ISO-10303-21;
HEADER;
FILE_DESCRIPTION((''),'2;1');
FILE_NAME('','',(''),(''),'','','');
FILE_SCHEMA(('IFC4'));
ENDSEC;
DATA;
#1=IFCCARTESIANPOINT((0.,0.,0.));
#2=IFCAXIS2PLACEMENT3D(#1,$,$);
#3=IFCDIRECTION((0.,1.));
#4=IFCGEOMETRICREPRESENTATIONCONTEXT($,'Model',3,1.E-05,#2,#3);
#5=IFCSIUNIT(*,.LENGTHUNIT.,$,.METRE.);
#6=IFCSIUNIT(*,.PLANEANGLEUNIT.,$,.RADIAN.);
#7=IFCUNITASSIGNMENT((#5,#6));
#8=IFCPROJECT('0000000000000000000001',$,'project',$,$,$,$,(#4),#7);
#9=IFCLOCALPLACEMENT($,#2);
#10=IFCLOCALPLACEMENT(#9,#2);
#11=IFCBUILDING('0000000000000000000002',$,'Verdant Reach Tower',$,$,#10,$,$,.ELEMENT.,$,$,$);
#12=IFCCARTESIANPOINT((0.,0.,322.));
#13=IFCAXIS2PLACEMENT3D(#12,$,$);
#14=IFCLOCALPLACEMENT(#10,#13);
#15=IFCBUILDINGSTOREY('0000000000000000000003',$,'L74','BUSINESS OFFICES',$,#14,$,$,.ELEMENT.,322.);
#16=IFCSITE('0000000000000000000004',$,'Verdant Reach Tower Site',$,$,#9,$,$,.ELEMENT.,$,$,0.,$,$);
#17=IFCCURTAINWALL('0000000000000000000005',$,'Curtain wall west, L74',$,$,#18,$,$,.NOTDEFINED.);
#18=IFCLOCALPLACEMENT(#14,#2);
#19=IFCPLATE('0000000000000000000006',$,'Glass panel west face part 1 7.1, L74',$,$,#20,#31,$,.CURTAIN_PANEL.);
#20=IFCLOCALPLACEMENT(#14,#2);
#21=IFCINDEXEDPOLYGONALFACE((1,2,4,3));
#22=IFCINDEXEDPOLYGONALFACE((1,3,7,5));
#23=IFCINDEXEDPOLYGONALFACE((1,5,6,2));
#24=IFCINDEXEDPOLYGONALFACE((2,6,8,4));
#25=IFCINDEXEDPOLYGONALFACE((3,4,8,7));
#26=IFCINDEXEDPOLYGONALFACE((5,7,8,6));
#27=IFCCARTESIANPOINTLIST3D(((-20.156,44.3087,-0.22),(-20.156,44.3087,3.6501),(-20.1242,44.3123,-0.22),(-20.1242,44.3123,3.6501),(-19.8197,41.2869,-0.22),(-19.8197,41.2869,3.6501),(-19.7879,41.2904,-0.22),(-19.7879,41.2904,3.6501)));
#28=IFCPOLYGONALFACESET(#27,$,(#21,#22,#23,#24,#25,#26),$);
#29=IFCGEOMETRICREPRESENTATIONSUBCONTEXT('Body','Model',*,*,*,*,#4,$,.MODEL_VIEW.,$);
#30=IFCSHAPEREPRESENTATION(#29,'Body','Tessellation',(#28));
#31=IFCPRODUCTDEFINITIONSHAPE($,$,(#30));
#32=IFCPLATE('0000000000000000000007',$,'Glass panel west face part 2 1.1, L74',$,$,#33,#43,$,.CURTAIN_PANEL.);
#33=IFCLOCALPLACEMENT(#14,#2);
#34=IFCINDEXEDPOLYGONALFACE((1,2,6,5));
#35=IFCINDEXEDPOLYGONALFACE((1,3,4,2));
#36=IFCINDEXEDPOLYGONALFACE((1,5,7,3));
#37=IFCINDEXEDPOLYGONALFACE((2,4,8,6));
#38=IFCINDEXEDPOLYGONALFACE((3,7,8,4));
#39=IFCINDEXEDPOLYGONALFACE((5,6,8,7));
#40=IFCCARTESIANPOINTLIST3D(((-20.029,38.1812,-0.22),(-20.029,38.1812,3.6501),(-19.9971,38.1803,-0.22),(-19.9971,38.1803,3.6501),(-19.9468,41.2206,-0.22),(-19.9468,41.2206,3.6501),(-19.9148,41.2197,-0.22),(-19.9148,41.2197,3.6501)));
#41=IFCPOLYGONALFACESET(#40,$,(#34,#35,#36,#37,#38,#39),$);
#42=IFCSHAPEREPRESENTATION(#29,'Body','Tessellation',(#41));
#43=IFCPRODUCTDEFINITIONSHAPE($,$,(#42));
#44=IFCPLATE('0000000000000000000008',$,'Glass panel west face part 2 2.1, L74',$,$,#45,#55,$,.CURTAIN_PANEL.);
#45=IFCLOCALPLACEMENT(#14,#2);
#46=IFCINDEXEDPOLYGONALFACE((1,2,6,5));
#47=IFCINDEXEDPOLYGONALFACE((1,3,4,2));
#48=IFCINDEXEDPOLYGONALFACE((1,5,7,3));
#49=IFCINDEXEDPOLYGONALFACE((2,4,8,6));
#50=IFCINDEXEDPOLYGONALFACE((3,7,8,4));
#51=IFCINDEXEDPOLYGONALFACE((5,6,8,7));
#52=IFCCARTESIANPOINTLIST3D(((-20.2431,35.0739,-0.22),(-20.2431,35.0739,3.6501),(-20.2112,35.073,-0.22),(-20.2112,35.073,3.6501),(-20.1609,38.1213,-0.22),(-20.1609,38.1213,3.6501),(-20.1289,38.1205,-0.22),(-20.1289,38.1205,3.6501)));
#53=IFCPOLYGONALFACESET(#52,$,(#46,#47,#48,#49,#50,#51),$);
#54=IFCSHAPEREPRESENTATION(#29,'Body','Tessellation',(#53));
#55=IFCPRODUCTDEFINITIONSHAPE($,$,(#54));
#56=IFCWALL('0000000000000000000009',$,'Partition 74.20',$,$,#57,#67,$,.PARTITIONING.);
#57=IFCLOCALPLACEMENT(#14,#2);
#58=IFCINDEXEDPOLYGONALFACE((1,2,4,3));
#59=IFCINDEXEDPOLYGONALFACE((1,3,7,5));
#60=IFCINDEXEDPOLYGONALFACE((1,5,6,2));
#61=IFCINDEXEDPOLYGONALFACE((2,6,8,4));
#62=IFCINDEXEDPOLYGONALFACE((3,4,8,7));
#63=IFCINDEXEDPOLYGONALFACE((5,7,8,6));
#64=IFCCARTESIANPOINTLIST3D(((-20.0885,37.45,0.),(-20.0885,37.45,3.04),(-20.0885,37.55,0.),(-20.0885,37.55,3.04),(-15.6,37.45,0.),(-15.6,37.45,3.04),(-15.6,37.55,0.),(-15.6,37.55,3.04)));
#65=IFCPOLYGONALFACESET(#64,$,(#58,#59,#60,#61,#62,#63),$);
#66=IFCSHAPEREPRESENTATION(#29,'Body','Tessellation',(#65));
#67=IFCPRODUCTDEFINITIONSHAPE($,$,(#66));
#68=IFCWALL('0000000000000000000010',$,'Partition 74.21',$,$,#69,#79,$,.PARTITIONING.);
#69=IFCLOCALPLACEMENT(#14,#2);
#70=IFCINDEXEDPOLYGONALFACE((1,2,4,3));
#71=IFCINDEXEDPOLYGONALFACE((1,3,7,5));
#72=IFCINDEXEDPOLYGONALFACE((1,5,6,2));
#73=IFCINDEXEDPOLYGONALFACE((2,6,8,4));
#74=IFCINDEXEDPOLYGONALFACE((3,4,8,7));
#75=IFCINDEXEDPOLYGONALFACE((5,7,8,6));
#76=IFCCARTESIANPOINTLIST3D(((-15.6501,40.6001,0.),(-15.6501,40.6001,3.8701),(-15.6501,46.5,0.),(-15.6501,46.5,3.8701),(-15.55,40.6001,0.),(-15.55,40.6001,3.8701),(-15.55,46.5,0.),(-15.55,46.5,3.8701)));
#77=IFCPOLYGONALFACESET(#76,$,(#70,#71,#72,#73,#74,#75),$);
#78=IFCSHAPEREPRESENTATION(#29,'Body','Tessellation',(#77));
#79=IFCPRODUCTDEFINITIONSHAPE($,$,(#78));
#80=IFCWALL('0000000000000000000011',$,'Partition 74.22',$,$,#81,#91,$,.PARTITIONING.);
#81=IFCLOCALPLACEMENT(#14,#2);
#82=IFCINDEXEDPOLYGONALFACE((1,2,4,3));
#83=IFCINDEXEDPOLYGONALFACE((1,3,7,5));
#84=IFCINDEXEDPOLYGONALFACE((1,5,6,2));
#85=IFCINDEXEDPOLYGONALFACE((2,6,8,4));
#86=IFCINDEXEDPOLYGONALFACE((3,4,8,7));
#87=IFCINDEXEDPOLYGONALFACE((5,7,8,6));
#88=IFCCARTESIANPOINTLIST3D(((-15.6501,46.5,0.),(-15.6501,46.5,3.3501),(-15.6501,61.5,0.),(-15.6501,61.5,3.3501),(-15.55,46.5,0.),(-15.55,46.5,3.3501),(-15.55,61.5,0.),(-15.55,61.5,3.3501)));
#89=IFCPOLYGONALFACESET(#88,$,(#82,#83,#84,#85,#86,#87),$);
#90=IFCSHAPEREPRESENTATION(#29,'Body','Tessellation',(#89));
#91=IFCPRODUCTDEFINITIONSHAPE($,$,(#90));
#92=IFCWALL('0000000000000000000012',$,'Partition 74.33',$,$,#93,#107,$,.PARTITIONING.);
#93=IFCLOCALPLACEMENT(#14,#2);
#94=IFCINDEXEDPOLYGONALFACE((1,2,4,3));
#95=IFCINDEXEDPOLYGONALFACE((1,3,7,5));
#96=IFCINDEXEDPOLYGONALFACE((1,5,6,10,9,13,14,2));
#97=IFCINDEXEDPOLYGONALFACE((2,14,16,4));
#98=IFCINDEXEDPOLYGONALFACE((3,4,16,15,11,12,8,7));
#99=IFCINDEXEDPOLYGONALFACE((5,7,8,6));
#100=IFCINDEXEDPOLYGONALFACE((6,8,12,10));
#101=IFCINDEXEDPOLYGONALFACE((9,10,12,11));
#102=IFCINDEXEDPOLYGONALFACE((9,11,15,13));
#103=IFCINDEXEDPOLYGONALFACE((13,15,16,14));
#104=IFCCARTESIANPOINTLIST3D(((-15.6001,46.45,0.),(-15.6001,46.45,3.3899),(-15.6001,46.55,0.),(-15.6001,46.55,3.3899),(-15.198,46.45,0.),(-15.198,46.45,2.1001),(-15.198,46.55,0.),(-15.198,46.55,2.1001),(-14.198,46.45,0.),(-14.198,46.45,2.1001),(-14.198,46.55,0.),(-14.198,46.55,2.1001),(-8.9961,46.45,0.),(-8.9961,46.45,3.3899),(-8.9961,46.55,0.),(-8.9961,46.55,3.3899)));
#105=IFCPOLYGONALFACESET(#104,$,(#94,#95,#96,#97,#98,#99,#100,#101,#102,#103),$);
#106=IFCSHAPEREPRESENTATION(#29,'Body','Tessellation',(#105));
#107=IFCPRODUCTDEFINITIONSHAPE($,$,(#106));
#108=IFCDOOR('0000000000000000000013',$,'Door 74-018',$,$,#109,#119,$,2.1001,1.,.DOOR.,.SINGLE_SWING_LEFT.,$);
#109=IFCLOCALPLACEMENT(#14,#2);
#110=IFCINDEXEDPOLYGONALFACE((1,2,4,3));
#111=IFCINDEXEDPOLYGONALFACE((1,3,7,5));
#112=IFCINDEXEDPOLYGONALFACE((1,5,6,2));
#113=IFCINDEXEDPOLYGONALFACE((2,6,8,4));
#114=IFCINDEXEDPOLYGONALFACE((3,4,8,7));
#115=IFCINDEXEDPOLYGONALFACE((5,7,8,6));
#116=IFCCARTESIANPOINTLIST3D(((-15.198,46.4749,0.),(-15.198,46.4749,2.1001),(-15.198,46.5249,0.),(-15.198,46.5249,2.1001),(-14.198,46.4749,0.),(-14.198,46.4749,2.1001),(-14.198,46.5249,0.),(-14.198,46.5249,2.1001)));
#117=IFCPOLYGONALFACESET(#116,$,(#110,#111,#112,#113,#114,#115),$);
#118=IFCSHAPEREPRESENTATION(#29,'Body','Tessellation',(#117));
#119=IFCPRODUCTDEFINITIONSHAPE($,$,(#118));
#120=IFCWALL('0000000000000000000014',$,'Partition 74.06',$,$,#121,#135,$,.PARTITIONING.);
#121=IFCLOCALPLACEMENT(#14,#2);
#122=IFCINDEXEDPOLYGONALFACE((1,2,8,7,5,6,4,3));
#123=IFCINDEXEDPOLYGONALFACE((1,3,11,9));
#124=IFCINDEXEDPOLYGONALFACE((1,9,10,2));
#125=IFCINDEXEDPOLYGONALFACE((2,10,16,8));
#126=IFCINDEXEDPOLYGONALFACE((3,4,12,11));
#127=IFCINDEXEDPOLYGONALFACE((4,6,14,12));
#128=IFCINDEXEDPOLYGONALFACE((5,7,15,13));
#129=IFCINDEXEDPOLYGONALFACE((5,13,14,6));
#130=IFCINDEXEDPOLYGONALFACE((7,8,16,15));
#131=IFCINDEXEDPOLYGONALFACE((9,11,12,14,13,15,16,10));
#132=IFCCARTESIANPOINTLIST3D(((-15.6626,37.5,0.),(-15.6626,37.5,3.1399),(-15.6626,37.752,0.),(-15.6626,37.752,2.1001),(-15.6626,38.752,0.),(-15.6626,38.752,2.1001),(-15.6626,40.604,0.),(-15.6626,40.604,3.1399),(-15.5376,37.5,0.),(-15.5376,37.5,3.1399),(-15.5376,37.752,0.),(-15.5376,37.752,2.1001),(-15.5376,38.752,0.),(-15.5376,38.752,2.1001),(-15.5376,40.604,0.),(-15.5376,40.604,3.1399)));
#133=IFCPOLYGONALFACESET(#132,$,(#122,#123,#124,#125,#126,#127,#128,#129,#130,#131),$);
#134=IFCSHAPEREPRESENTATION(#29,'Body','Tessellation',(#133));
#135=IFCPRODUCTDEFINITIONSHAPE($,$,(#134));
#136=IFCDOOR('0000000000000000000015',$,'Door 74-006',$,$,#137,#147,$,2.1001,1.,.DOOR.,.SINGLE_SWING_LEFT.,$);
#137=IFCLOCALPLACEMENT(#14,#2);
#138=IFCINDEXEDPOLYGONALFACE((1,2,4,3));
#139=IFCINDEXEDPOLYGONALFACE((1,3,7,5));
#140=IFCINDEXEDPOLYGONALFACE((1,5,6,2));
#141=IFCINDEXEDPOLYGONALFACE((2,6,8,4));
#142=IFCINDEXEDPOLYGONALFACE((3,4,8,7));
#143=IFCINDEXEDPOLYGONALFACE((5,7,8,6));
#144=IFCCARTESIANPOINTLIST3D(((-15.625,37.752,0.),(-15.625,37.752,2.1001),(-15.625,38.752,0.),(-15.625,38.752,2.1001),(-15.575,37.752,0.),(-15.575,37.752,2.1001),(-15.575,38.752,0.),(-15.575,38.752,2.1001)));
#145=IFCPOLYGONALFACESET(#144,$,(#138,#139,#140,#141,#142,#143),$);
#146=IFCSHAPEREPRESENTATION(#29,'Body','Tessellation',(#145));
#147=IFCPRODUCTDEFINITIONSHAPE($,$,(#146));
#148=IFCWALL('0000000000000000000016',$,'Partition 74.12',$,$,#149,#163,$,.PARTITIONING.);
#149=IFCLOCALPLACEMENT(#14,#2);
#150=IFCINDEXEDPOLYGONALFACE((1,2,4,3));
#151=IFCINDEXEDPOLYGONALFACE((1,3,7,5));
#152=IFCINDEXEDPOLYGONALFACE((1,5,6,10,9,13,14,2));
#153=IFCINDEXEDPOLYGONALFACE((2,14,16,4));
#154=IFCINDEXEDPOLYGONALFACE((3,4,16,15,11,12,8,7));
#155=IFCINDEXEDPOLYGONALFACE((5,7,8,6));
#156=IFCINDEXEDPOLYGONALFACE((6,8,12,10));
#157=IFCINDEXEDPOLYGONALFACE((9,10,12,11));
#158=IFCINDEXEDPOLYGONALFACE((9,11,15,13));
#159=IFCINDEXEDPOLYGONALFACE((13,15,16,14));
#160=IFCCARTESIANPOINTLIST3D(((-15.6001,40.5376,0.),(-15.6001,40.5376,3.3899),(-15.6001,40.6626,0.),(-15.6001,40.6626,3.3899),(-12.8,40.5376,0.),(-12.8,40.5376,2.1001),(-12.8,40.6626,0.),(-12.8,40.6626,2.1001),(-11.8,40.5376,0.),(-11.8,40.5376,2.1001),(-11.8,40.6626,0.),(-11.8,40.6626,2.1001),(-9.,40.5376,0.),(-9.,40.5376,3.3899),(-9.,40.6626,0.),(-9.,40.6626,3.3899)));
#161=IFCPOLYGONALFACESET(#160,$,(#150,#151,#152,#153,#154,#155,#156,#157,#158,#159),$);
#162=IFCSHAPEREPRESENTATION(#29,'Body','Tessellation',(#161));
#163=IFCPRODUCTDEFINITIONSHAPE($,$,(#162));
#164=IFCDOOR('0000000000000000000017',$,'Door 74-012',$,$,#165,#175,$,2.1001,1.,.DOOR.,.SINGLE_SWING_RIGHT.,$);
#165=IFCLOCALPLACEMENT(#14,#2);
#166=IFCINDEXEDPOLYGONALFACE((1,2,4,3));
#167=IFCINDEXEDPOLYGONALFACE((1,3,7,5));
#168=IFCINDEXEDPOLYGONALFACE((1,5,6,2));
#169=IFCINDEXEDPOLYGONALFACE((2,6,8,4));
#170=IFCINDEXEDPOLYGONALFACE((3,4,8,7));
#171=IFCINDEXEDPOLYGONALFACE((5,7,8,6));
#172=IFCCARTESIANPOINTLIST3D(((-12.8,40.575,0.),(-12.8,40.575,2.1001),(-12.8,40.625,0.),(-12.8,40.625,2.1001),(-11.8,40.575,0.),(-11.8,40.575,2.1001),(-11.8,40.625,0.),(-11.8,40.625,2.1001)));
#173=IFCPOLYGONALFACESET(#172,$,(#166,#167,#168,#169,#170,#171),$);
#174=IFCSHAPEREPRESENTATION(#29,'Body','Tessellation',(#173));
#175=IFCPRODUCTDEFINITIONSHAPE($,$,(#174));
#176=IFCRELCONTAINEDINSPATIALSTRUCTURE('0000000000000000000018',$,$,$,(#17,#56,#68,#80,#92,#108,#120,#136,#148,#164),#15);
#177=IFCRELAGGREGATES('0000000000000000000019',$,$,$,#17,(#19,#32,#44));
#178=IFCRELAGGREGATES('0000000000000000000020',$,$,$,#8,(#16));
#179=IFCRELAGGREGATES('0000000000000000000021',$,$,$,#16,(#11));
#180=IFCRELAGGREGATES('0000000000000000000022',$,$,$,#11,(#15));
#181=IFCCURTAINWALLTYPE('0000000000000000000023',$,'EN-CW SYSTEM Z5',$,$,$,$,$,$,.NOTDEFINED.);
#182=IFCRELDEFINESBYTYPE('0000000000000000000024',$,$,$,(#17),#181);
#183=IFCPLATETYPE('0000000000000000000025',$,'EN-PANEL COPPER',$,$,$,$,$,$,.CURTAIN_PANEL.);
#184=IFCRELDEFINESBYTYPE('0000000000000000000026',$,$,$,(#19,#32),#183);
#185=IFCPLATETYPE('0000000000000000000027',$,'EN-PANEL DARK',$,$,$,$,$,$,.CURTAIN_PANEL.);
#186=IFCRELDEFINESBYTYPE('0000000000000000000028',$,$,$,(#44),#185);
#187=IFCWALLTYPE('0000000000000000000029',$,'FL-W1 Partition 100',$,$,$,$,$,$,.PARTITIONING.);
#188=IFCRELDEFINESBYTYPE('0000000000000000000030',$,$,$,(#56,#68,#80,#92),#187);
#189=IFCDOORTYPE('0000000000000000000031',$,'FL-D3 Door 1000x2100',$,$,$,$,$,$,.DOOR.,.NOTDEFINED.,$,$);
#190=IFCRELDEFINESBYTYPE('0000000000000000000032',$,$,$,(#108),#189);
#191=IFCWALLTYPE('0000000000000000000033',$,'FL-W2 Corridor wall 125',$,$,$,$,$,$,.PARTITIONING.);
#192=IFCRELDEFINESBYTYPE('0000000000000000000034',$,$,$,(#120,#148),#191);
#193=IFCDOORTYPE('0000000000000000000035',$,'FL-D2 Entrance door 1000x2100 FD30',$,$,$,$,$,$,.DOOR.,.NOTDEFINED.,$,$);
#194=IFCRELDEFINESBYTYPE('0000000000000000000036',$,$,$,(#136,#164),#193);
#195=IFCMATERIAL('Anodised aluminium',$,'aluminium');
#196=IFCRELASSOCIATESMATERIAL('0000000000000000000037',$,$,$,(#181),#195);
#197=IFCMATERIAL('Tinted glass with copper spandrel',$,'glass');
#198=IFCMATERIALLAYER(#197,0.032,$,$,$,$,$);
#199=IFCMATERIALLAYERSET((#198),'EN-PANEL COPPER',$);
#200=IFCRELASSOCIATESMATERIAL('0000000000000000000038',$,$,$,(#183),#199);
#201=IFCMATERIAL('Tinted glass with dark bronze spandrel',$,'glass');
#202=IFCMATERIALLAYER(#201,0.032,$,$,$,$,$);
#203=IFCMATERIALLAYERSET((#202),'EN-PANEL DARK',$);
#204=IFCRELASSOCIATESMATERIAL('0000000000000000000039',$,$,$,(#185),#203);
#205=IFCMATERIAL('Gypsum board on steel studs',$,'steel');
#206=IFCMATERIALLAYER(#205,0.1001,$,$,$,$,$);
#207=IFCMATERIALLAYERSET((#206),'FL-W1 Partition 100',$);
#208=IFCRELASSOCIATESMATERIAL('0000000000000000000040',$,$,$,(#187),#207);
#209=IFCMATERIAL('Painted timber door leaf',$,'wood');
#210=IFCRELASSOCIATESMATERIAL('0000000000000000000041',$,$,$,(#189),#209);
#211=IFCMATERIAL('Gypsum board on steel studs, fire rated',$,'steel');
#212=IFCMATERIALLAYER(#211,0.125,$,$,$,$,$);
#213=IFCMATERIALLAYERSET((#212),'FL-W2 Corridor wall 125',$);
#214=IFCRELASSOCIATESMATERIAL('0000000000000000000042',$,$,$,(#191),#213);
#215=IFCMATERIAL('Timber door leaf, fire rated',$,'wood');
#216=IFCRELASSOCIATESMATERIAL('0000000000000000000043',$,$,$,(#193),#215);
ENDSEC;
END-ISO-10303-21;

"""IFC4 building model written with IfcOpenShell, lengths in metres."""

from ifc_helpers import new_model, si_unit, direction, frame, frame_2d, origin, origin_2d, place, context, subcontext, project, spatial, rectangle, extrude, material, layer, layer_set, type_object, element, fill, aggregate, save


model = new_model("IFC4")

# Units and contexts
model_context = context("Model", 3, precision=1e-05, world=origin(), true_north=direction((0.0, 1.0)))
body_context = subcontext(model_context, "Body", "Model", "MODEL_VIEW")
ifc_project = project(units=[si_unit("LENGTHUNIT", "METRE"), si_unit("PLANEANGLEUNIT", "RADIAN")], contexts=[model_context])

# Site, building, storey
site_placement = place(None, origin())
site = spatial("IfcSite", under=ifc_project, at=site_placement, Name="Verdant Reach Tower Site", CompositionType="ELEMENT", RefElevation=0.0)
building_placement = place(site_placement, origin())
building = spatial("IfcBuilding", under=site, at=building_placement, Name="Verdant Reach Tower", CompositionType="ELEMENT")
storey_placement = place(building_placement, frame((0.0, 0.0, 322.0)))
storey = spatial("IfcBuildingStorey", under=building, at=storey_placement, Name="L74", Description="BUSINESS OFFICES", CompositionType="ELEMENT", Elevation=322.0)

# Curtain wall
ifc_material_1 = material(Name="Anodised aluminium", Category="aluminium")
curtain_wall_type = type_object("IfcCurtainWallType", Name="EN-CW SYSTEM Z5", PredefinedType="NOTDEFINED", material=ifc_material_1)
curtain_wall_placement = place(storey_placement, origin())
curtain_wall = element("IfcCurtainWall", 1, at=curtain_wall_placement, inside=storey, type_object=curtain_wall_type, Name="Curtain wall west, L74", PredefinedType="NOTDEFINED")

# Plates
ifc_material_2 = material(Name="Tinted glass with copper spandrel", Category="glass")
ifc_layer_1 = layer(ifc_material_2, 0.032)
ifc_layer_set_1 = layer_set([ifc_layer_1], Name="EN-PANEL COPPER")
plate_type_1 = type_object("IfcPlateType", Name="EN-PANEL COPPER", PredefinedType="CURTAIN_PANEL", material=ifc_layer_set_1)
plate_1_placement = place(storey_placement, frame((-19.9719, 42.7996, -0.22), z_axis=(0.0, 0.0, 1.0), x_axis=(0.110605, -0.993864, 0.0)))
plate_1 = element("IfcPlate", 2, at=plate_1_placement, type_object=plate_type_1, Name="Glass panel west face part 1 7.1, L74", PredefinedType="CURTAIN_PANEL", context=body_context, shape_type="SweptSolid", body=[
    extrude(rectangle(XDim=3.0405, YDim=0.032, at=origin_2d()), origin(), (0.0, 0.0, 1.0), 3.8701),
])
plate_2_placement = place(storey_placement, frame((-19.9719, 39.7004, -0.22), z_axis=(0.0, 0.0, 1.0), x_axis=(-0.027053, -0.999634, 0.0)))
plate_2 = element("IfcPlate", 3, at=plate_2_placement, type_object=plate_type_1, Name="Glass panel west face part 2 1.1, L74", PredefinedType="CURTAIN_PANEL", context=body_context, shape_type="SweptSolid", body=[
    extrude(rectangle(XDim=3.0405, YDim=0.032, at=origin_2d()), origin(), (0.0, 0.0, 1.0), 3.8701),
])
ifc_material_3 = material(Name="Tinted glass with dark bronze spandrel", Category="glass")
ifc_layer_2 = layer(ifc_material_3, 0.032)
ifc_layer_set_2 = layer_set([ifc_layer_2], Name="EN-PANEL DARK")
plate_type_2 = type_object("IfcPlateType", Name="EN-PANEL DARK", PredefinedType="CURTAIN_PANEL", material=ifc_layer_set_2)
plate_3_placement = place(storey_placement, frame((-20.186, 36.5972, -0.22), z_axis=(0.0, 0.0, 1.0), x_axis=(-0.026965, -0.999636, 0.0)))
plate_3 = element("IfcPlate", 4, at=plate_3_placement, type_object=plate_type_2, Name="Glass panel west face part 2 2.1, L74", PredefinedType="CURTAIN_PANEL", context=body_context, shape_type="SweptSolid", body=[
    extrude(rectangle(XDim=3.0486, YDim=0.032, at=origin_2d()), origin(), (0.0, 0.0, 1.0), 3.8701),
])
aggregate(curtain_wall, [plate_1, plate_2, plate_3])

# Walls
ifc_material_4 = material(Name="Gypsum board on steel studs", Category="steel")
ifc_layer_3 = layer(ifc_material_4, 0.1001)
ifc_layer_set_3 = layer_set([ifc_layer_3], Name="FL-W1 Partition 100")
wall_type_1 = type_object("IfcWallType", Name="FL-W1 Partition 100", PredefinedType="PARTITIONING", material=ifc_layer_set_3)
wall_1_placement = place(storey_placement, frame((-15.6001, 37.5, 0.0), z_axis=(0.0, 0.0, 1.0), x_axis=(-1.0, 0.0, 0.0)))
element("IfcWall", 5, at=wall_1_placement, inside=storey, type_object=wall_type_1, Name="Partition 74.20", PredefinedType="PARTITIONING", context=body_context, shape_type="SweptSolid", body=[
    extrude(rectangle(XDim=4.4885, YDim=0.1001, at=frame_2d((2.2441, 0.0))), origin(), (0.0, 0.0, 1.0), 3.04),
])
wall_2_placement = place(storey_placement, frame((-15.6001, 40.6001, 0.0), z_axis=(0.0, 0.0, 1.0), x_axis=(0.0, 1.0, 0.0)))
element("IfcWall", 6, at=wall_2_placement, inside=storey, type_object=wall_type_1, Name="Partition 74.21", PredefinedType="PARTITIONING", context=body_context, shape_type="SweptSolid", body=[
    extrude(rectangle(XDim=5.8999, YDim=0.1001, at=frame_2d((2.95, 0.0))), origin(), (0.0, 0.0, 1.0), 3.8701),
])
wall_3_placement = place(storey_placement, frame((-15.6001, 46.5, 0.0), z_axis=(0.0, 0.0, 1.0), x_axis=(0.0, 1.0, 0.0)))
element("IfcWall", 7, at=wall_3_placement, inside=storey, type_object=wall_type_1, Name="Partition 74.22", PredefinedType="PARTITIONING", context=body_context, shape_type="SweptSolid", body=[
    extrude(rectangle(XDim=15.0, YDim=0.1001, at=frame_2d((7.5, 0.0))), origin(), (0.0, 0.0, 1.0), 3.3501),
])

# Walls, openings, doors
wall_4_placement = place(storey_placement, frame((-15.6001, 46.5, 0.0), z_axis=(0.0, 0.0, 1.0), x_axis=(1.0, 0.0, 0.0)))
wall_4 = element("IfcWall", 8, at=wall_4_placement, inside=storey, type_object=wall_type_1, Name="Partition 74.33", PredefinedType="PARTITIONING", context=body_context, shape_type="SweptSolid", body=[
    extrude(rectangle(XDim=6.604, YDim=0.1001, at=frame_2d((3.302, 0.0))), origin(), (0.0, 0.0, 1.0), 3.3899),
])
opening_1_placement = place(wall_4_placement, frame((0.4021, 0.0, 0.0)))
opening_1 = element("IfcOpeningElement", 9, at=opening_1_placement, cuts=wall_4, PredefinedType="OPENING", context=body_context, shape_type="SweptSolid", body=[
    extrude(rectangle(XDim=1.0, YDim=2.1001, at=frame_2d((0.5, 1.05))), frame((0.0, 0.0601, 0.0), z_axis=(0.0, -1.0, 0.0), x_axis=(1.0, 0.0, 0.0)), (0.0, 0.0, 1.0), 0.1201),
])
ifc_material_5 = material(Name="Painted timber door leaf", Category="wood")
door_type_1 = type_object("IfcDoorType", Name="FL-D3 Door 1000x2100", OperationType="NOTDEFINED", PredefinedType="DOOR", material=ifc_material_5)
door_1_placement = place(opening_1_placement, origin())
door_1 = element("IfcDoor", 10, at=door_1_placement, inside=storey, type_object=door_type_1, Name="Door 74-018", OperationType="SINGLE_SWING_LEFT", OverallHeight=2.1001, OverallWidth=1.0, PredefinedType="DOOR", context=body_context, shape_type="SweptSolid", body=[
    extrude(rectangle(XDim=1.0, YDim=2.1001, at=frame_2d((0.5, 1.05))), frame((0.0, 0.0249, 0.0), z_axis=(0.0, -1.0, 0.0), x_axis=(1.0, 0.0, 0.0)), (0.0, 0.0, 1.0), 0.05),
])
fill(opening_1, door_1)
ifc_material_6 = material(Name="Gypsum board on steel studs, fire rated", Category="steel")
ifc_layer_4 = layer(ifc_material_6, 0.125)
ifc_layer_set_4 = layer_set([ifc_layer_4], Name="FL-W2 Corridor wall 125")
wall_type_2 = type_object("IfcWallType", Name="FL-W2 Corridor wall 125", PredefinedType="PARTITIONING", material=ifc_layer_set_4)
wall_5_placement = place(storey_placement, frame((-15.6001, 37.5, 0.0), z_axis=(0.0, 0.0, 1.0), x_axis=(0.0, 1.0, 0.0)))
wall_5 = element("IfcWall", 11, at=wall_5_placement, inside=storey, type_object=wall_type_2, Name="Partition 74.06", PredefinedType="PARTITIONING", context=body_context, shape_type="SweptSolid", body=[
    extrude(rectangle(XDim=3.104, YDim=0.125, at=frame_2d((1.552, 0.0))), origin(), (0.0, 0.0, 1.0), 3.1399),
])
opening_2_placement = place(wall_5_placement, frame((0.252, 0.0, 0.0)))
opening_2 = element("IfcOpeningElement", 12, at=opening_2_placement, cuts=wall_5, PredefinedType="OPENING", context=body_context, shape_type="SweptSolid", body=[
    extrude(rectangle(XDim=1.0, YDim=2.1001, at=frame_2d((0.5, 1.05))), frame((0.0, 0.0725, 0.0), z_axis=(0.0, -1.0, 0.0), x_axis=(1.0, 0.0, 0.0)), (0.0, 0.0, 1.0), 0.145),
])
ifc_material_7 = material(Name="Timber door leaf, fire rated", Category="wood")
door_type_2 = type_object("IfcDoorType", Name="FL-D2 Entrance door 1000x2100 FD30", OperationType="NOTDEFINED", PredefinedType="DOOR", material=ifc_material_7)
door_2_placement = place(opening_2_placement, origin())
door_2 = element("IfcDoor", 13, at=door_2_placement, inside=storey, type_object=door_type_2, Name="Door 74-006", OperationType="SINGLE_SWING_LEFT", OverallHeight=2.1001, OverallWidth=1.0, PredefinedType="DOOR", context=body_context, shape_type="SweptSolid", body=[
    extrude(rectangle(XDim=1.0, YDim=2.1001, at=frame_2d((0.5, 1.05))), frame((0.0, 0.0249, 0.0), z_axis=(0.0, -1.0, 0.0), x_axis=(1.0, 0.0, 0.0)), (0.0, 0.0, 1.0), 0.05),
])
fill(opening_2, door_2)
wall_6_placement = place(storey_placement, frame((-15.6001, 40.6001, 0.0), z_axis=(0.0, 0.0, 1.0), x_axis=(1.0, 0.0, 0.0)))
wall_6 = element("IfcWall", 14, at=wall_6_placement, inside=storey, type_object=wall_type_2, Name="Partition 74.12", PredefinedType="PARTITIONING", context=body_context, shape_type="SweptSolid", body=[
    extrude(rectangle(XDim=6.6001, YDim=0.125, at=frame_2d((3.3, 0.0))), origin(), (0.0, 0.0, 1.0), 3.3899),
])
opening_3_placement = place(wall_6_placement, frame((2.8, 0.0, 0.0)))
opening_3 = element("IfcOpeningElement", 15, at=opening_3_placement, cuts=wall_6, PredefinedType="OPENING", context=body_context, shape_type="SweptSolid", body=[
    extrude(rectangle(XDim=1.0, YDim=2.1001, at=frame_2d((0.5, 1.05))), frame((0.0, 0.0725, 0.0), z_axis=(0.0, -1.0, 0.0), x_axis=(1.0, 0.0, 0.0)), (0.0, 0.0, 1.0), 0.145),
])
door_3_placement = place(opening_3_placement, origin())
door_3 = element("IfcDoor", 16, at=door_3_placement, inside=storey, type_object=door_type_2, Name="Door 74-012", OperationType="SINGLE_SWING_RIGHT", OverallHeight=2.1001, OverallWidth=1.0, PredefinedType="DOOR", context=body_context, shape_type="SweptSolid", body=[
    extrude(rectangle(XDim=1.0, YDim=2.1001, at=frame_2d((0.5, 1.05))), frame((0.0, 0.0249, 0.0), z_axis=(0.0, -1.0, 0.0), x_axis=(1.0, 0.0, 0.0)), (0.0, 0.0, 1.0), 0.05),
])
fill(opening_3, door_3)

save(model, "model.ifc")
